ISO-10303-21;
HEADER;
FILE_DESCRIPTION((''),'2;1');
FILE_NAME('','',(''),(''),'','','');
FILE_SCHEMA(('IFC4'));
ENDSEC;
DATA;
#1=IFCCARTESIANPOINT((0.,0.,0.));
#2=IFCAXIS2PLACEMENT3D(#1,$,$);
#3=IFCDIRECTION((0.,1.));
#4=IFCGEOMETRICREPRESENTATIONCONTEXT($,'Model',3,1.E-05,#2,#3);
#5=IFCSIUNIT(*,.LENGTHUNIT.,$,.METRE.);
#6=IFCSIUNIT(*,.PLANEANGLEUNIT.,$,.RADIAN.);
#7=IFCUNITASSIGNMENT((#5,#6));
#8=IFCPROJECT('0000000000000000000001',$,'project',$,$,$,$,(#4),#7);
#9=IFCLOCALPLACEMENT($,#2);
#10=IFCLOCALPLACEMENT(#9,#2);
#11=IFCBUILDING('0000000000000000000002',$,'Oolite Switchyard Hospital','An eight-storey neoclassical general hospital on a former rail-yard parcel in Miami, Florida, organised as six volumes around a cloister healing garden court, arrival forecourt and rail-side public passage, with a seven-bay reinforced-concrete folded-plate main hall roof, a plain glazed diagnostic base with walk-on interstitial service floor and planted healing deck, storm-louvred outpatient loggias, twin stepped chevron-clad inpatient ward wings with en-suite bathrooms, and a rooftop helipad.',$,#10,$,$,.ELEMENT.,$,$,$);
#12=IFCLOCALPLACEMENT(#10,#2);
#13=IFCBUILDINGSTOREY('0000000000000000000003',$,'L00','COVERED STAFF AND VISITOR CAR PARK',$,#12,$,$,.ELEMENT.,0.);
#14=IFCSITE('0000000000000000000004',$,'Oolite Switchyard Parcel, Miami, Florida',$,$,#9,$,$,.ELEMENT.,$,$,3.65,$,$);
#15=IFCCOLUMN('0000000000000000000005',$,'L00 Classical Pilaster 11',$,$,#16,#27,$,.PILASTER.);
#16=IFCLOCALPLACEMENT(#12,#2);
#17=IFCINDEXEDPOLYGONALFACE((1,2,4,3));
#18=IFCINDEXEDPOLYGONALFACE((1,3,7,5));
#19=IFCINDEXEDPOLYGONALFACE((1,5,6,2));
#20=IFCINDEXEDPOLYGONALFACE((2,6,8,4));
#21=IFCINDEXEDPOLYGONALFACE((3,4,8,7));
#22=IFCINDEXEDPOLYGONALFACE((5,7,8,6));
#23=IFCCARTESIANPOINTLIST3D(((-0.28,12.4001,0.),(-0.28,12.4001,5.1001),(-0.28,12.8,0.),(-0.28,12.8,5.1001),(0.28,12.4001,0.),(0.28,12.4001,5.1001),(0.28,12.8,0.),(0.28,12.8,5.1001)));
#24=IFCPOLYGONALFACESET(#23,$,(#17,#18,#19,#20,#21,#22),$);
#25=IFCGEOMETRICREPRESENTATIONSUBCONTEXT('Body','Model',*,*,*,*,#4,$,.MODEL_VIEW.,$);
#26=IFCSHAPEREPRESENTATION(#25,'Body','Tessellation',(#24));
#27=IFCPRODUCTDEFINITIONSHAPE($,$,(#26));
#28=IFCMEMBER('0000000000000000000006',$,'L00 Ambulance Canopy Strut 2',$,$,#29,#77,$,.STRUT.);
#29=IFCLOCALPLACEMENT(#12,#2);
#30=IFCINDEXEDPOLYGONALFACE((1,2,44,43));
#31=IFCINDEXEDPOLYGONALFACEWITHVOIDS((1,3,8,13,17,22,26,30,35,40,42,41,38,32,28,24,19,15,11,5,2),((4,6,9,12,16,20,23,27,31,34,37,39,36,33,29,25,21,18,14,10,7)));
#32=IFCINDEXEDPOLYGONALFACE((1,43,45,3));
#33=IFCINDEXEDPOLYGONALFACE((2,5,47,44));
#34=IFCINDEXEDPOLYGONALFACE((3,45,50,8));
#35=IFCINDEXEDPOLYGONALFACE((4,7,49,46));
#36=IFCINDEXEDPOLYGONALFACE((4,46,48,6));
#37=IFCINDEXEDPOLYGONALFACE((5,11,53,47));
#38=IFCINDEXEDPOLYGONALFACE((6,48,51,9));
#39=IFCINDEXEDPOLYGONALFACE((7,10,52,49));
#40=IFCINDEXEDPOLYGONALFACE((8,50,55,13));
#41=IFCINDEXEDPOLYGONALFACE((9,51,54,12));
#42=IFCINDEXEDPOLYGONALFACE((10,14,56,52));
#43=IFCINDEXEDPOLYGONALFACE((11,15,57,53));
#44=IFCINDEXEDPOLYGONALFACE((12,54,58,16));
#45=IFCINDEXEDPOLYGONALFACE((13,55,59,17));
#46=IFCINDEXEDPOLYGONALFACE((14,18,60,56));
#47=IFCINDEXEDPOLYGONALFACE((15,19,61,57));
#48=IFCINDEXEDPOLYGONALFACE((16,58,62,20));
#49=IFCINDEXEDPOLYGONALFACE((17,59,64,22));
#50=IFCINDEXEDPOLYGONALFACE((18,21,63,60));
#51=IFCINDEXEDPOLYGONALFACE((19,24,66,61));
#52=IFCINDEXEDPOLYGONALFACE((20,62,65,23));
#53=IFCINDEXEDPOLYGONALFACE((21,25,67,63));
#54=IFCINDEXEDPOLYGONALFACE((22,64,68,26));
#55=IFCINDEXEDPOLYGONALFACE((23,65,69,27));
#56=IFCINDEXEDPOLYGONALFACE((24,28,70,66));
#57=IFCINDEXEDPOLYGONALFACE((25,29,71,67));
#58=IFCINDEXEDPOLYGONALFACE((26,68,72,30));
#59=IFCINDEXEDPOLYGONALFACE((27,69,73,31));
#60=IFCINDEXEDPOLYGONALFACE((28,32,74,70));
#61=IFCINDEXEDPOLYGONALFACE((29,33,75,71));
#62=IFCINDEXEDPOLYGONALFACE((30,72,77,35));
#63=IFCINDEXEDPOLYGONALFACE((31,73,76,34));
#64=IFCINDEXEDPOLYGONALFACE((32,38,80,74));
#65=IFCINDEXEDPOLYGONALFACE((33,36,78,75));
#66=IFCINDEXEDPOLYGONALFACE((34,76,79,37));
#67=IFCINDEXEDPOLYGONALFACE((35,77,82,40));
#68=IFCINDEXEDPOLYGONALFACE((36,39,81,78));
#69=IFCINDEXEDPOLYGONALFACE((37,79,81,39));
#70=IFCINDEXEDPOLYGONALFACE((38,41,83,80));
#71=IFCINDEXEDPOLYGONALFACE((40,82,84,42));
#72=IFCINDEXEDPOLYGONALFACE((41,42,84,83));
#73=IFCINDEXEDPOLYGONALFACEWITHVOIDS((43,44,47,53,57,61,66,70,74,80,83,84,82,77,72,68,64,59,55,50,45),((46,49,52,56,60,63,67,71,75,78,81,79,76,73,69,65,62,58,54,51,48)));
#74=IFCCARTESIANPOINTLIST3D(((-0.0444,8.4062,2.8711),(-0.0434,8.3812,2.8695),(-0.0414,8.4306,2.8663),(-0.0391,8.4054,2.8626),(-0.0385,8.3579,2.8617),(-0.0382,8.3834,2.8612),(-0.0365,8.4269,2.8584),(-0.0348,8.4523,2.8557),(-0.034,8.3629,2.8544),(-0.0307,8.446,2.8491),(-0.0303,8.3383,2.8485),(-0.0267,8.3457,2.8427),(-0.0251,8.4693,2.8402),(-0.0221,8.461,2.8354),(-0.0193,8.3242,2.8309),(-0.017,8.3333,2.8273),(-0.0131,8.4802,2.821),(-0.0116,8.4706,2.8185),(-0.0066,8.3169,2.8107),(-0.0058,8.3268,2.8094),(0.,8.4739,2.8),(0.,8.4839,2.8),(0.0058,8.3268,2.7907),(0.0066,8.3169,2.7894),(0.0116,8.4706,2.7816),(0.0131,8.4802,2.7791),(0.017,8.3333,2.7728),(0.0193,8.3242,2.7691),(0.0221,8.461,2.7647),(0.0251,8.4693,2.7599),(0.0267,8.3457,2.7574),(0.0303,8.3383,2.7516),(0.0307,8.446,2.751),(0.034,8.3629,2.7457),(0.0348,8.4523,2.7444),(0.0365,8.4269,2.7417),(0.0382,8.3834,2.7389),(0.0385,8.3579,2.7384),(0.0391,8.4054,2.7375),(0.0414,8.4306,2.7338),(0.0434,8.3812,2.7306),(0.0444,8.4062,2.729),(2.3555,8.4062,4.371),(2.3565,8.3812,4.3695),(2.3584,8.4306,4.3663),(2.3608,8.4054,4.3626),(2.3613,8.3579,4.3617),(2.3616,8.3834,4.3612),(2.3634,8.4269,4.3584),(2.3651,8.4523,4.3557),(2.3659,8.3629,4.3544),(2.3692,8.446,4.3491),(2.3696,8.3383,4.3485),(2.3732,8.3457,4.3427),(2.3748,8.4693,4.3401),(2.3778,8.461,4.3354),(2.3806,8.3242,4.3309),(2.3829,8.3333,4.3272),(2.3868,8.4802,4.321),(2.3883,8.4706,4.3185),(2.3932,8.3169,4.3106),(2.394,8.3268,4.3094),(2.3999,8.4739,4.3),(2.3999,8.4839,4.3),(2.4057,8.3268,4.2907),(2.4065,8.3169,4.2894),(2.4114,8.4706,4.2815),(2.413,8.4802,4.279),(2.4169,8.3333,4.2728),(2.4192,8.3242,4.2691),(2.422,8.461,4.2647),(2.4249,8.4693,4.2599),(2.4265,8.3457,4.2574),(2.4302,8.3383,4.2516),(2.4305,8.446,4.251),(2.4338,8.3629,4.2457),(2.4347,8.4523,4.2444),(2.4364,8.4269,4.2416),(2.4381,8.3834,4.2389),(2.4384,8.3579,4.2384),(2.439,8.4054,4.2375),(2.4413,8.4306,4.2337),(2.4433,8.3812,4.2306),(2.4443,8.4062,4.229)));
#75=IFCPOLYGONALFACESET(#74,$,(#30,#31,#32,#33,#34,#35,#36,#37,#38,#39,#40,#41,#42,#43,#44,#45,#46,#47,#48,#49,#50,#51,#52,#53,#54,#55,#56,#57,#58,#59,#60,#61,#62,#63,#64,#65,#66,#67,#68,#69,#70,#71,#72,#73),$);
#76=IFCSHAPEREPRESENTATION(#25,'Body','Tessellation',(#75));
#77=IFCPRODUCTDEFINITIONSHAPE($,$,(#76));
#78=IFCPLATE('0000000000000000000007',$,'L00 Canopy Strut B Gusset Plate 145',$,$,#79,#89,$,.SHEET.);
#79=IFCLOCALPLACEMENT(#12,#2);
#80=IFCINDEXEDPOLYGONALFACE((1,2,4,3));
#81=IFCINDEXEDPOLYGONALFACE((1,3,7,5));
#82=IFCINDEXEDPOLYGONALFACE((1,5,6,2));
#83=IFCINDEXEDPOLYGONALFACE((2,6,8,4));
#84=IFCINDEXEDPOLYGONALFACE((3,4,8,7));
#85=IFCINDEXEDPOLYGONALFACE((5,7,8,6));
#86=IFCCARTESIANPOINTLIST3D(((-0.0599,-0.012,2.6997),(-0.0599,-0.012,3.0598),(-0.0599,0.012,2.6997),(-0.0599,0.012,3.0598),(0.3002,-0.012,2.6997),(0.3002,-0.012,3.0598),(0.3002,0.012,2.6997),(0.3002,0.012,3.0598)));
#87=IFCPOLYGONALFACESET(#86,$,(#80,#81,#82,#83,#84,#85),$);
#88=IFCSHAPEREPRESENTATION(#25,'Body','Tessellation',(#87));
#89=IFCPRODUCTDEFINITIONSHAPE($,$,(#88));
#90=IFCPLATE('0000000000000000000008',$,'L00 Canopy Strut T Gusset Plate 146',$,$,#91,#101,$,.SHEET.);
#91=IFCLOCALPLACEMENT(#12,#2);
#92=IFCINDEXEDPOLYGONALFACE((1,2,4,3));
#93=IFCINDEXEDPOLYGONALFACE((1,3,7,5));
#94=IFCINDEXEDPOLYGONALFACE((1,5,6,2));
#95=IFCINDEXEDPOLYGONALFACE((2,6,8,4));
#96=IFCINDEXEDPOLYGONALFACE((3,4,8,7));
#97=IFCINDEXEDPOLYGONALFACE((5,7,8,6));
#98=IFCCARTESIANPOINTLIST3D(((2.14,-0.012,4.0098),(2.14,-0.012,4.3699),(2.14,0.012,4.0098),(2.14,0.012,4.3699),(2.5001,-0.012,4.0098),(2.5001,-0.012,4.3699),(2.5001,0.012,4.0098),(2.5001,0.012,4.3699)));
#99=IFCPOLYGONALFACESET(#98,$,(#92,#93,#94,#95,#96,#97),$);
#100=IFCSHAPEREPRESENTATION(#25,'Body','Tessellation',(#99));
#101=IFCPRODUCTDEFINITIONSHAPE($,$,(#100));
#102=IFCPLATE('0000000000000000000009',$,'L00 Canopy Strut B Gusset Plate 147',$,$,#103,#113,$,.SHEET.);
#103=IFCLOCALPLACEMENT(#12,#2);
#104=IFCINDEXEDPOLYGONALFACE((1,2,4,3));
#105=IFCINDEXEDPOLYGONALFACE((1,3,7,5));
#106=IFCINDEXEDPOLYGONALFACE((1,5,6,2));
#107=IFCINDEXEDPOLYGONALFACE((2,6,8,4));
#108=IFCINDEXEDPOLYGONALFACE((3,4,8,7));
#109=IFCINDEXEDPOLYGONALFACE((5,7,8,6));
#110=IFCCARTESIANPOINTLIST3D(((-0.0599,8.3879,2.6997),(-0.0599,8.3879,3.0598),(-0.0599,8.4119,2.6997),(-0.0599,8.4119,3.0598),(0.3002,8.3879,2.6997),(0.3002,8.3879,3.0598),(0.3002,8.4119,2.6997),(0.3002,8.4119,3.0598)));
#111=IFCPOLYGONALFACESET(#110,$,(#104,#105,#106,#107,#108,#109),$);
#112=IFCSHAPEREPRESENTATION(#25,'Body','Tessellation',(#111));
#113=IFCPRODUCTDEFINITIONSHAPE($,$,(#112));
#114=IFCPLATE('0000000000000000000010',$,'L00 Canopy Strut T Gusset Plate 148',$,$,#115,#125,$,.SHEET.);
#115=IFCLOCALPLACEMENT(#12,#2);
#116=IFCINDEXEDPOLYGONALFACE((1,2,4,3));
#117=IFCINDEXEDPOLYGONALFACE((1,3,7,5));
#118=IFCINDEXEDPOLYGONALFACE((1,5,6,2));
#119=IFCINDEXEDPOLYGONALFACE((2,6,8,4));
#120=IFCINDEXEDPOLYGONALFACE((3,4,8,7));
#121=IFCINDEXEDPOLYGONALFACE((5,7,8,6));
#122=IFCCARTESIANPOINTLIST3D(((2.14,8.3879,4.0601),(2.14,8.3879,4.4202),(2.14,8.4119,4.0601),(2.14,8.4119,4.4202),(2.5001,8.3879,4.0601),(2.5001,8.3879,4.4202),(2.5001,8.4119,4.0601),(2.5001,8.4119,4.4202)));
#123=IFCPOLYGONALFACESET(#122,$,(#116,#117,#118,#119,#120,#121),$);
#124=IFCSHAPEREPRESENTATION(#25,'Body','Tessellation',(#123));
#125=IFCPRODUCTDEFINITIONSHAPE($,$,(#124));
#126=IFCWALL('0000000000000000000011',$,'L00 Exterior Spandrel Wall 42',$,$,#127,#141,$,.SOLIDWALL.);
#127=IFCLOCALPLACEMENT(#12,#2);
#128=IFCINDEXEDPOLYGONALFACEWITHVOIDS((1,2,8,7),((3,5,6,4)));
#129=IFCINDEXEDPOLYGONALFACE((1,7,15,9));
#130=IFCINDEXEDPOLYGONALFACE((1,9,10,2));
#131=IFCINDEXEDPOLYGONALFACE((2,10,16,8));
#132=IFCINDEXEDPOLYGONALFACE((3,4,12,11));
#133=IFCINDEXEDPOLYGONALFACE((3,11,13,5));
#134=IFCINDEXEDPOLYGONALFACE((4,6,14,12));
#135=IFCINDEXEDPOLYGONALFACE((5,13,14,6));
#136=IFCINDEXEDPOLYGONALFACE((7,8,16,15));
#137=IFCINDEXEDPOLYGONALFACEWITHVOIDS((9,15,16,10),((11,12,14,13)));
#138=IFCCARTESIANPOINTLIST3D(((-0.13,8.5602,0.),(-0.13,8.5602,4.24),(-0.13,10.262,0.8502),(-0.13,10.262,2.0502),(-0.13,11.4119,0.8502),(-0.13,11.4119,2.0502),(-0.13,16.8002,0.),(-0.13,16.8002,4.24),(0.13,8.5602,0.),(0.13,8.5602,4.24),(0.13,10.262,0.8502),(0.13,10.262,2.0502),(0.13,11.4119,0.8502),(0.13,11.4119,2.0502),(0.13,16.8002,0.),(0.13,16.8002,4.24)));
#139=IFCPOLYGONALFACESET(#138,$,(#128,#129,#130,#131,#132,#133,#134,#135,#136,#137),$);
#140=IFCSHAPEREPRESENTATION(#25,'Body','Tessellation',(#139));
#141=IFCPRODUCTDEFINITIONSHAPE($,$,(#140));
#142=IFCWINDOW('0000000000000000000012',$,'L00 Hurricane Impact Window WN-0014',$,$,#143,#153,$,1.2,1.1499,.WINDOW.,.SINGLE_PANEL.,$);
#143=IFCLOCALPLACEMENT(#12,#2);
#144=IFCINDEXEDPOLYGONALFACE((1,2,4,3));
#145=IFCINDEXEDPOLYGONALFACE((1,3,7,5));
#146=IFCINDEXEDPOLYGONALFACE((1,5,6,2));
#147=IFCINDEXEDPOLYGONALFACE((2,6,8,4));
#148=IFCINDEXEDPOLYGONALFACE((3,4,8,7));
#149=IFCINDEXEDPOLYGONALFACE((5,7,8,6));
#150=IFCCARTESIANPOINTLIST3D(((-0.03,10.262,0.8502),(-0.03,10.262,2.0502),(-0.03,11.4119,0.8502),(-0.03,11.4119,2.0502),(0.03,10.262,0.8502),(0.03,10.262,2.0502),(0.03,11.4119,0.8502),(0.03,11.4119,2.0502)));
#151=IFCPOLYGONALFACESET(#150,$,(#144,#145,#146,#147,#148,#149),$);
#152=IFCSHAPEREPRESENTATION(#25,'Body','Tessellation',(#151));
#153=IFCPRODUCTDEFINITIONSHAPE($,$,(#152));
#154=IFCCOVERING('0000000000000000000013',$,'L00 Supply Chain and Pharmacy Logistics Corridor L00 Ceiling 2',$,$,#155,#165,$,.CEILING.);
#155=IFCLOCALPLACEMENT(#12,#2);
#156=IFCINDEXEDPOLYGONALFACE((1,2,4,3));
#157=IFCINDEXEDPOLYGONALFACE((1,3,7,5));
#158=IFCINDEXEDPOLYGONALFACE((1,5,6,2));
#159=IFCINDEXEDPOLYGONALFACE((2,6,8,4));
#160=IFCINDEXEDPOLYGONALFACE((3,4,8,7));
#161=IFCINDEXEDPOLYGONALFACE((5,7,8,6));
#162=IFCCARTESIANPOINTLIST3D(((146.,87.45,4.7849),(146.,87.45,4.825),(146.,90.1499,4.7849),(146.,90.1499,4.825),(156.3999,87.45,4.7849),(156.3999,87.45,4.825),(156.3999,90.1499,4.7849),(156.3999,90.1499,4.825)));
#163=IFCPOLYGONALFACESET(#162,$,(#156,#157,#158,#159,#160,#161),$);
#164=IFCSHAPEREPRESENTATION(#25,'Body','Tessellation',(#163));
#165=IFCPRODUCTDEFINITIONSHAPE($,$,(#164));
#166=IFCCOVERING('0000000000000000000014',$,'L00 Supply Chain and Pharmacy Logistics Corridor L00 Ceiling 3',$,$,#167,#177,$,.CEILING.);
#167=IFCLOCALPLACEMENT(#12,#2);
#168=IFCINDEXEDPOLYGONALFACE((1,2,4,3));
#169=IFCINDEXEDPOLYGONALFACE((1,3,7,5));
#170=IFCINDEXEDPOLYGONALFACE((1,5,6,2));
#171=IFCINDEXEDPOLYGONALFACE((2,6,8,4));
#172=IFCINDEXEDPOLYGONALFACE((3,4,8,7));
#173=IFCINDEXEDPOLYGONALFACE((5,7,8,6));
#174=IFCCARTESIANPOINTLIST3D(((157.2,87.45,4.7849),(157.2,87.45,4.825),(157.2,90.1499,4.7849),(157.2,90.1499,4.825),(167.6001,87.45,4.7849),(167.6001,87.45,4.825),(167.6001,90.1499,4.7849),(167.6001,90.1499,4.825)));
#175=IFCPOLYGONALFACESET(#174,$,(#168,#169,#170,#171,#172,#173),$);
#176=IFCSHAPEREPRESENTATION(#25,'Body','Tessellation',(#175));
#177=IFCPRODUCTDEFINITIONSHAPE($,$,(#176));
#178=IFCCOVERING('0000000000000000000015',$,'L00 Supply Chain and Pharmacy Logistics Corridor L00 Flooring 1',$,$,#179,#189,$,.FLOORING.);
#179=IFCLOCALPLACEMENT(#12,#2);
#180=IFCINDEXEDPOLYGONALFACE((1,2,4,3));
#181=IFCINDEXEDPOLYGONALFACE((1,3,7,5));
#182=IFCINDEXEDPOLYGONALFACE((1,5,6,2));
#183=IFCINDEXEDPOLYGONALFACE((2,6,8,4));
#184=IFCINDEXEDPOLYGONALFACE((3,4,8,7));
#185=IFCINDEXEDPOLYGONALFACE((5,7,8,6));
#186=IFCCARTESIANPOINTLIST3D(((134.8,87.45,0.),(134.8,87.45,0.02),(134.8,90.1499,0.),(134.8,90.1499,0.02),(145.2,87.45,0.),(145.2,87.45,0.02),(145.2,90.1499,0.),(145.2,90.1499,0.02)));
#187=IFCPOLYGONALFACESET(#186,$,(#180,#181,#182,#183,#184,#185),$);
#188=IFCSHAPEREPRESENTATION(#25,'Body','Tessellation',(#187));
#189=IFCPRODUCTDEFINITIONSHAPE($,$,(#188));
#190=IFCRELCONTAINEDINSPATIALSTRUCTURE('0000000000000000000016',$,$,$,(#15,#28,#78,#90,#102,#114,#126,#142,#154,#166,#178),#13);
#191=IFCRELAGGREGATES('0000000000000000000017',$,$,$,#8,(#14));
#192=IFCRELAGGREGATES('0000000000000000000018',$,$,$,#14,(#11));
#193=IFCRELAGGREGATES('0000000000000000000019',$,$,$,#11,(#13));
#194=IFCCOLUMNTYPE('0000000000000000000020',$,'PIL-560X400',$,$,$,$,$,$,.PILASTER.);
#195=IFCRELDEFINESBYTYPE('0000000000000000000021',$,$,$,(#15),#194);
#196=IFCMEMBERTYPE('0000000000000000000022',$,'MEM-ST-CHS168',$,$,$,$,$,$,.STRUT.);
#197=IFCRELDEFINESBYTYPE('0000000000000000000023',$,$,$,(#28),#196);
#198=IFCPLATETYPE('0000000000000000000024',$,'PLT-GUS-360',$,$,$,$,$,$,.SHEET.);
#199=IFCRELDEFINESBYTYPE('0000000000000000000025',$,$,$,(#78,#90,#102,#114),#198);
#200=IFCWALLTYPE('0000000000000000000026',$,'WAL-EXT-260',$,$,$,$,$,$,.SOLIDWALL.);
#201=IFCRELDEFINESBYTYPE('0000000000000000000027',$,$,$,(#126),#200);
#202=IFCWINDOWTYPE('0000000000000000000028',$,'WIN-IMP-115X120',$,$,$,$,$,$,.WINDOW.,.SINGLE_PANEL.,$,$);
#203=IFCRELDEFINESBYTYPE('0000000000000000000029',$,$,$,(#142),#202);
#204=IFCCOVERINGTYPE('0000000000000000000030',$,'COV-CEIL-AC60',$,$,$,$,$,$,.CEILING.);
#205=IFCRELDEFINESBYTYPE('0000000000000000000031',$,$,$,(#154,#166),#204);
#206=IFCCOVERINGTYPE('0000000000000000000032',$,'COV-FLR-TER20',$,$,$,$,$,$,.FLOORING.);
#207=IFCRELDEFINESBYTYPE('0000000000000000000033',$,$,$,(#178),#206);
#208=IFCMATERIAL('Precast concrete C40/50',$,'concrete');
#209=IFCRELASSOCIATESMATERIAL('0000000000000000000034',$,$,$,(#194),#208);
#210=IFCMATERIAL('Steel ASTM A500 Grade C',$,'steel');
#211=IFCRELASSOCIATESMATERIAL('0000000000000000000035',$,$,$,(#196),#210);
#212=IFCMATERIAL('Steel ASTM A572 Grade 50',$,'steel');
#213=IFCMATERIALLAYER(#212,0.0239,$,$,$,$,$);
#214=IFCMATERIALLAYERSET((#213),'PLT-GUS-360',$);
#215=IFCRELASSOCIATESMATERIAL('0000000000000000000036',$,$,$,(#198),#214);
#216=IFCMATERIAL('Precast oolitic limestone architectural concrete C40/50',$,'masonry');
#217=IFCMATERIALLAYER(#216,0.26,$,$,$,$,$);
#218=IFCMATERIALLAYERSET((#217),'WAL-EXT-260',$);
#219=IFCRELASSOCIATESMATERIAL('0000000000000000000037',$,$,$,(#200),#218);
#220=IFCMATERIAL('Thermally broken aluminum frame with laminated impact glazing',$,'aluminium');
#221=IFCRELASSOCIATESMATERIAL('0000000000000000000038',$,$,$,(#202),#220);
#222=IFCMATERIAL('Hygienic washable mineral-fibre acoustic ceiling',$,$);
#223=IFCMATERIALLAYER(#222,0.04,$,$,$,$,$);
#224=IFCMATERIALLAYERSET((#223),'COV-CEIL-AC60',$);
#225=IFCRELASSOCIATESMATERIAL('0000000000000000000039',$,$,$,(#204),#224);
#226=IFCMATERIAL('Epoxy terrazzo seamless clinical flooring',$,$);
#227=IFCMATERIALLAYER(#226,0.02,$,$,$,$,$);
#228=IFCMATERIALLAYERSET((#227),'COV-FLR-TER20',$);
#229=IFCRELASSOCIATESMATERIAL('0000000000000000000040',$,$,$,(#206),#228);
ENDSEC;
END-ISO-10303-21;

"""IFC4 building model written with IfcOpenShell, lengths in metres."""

from ifc_helpers import new_model, si_unit, direction, frame, frame_2d, origin, origin_2d, place, context, subcontext, project, spatial, polyline, rectangle, hollow_circle, outline, extrude, material, layer, layer_set, material_profile, profile_set, type_object, element, fill, save


model = new_model("IFC4")

# Units and contexts
model_context = context("Model", 3, precision=1e-05, world=origin(), true_north=direction((0.0, 1.0)))
body_context = subcontext(model_context, "Body", "Model", "MODEL_VIEW")
ifc_project = project(units=[si_unit("LENGTHUNIT", "METRE"), si_unit("PLANEANGLEUNIT", "RADIAN")], contexts=[model_context])

# Site, building, storey
site_placement = place(None, origin())
site = spatial("IfcSite", under=ifc_project, at=site_placement, Name="Oolite Switchyard Parcel, Miami, Florida", CompositionType="ELEMENT", RefElevation=3.65)
building_placement = place(site_placement, origin())
building = spatial("IfcBuilding", under=site, at=building_placement, Name="Oolite Switchyard Hospital", Description="An eight-storey neoclassical general hospital on a former rail-yard parcel in Miami, Florida, organised as six volumes around a cloister healing garden court, arrival forecourt and rail-side public passage, with a seven-bay reinforced-concrete folded-plate main hall roof, a plain glazed diagnostic base with walk-on interstitial service floor and planted healing deck, storm-louvred outpatient loggias, twin stepped chevron-clad inpatient ward wings with en-suite bathrooms, and a rooftop helipad.", CompositionType="ELEMENT")
storey_placement = place(building_placement, origin())
storey = spatial("IfcBuildingStorey", under=building, at=storey_placement, Name="L00", Description="COVERED STAFF AND VISITOR CAR PARK", CompositionType="ELEMENT", Elevation=0.0)

# Column
ifc_material_1 = material(Name="Precast concrete C40/50", Category="concrete")
ifc_material_profile_1 = material_profile(ifc_material_1, rectangle(XDim=0.5601, YDim=0.3999, at=origin_2d()), Name="PIL560X400")
ifc_profile_set_1 = profile_set([ifc_material_profile_1], Name="Precast concrete C40/50")
column_type_1 = type_object("IfcColumnType", Name="PIL-560X400", PredefinedType="PILASTER", material=ifc_profile_set_1)
column_1_placement = place(storey_placement, frame((0.0, 12.6001, 0.0), z_axis=(0.0, 0.0, 1.0), x_axis=(1.0, 0.0, 0.0)))
element("IfcColumn", 1, at=column_1_placement, inside=storey, type_object=column_type_1, Name="L00 Classical Pilaster 11", PredefinedType="PILASTER", context=body_context, shape_type="SweptSolid", body=[
    extrude(rectangle(XDim=0.5601, YDim=0.3999, at=origin_2d()), origin(), (0.0, 0.0, 1.0), 5.1001),
])

# Member
ifc_material_2 = material(Name="Steel ASTM A500 Grade C", Category="steel")
ifc_material_profile_2 = material_profile(ifc_material_2, hollow_circle(Radius=0.084, WallThickness=0.01, at=origin_2d()), Name="HSS168X10")
ifc_profile_set_2 = profile_set([ifc_material_profile_2], Name="Steel ASTM A500 Grade C")
member_type = type_object("IfcMemberType", Name="MEM-ST-CHS168", PredefinedType="STRUT", material=ifc_profile_set_2)
member_placement = place(storey_placement, frame((0.0, 8.3999, 2.8), z_axis=(0.847989, 0.0, 0.530014), x_axis=(0.0, 1.0, 0.0)))
element("IfcMember", 2, at=member_placement, inside=storey, type_object=member_type, Name="L00 Ambulance Canopy Strut 2", PredefinedType="STRUT", context=body_context, shape_type="SweptSolid", body=[
    extrude(hollow_circle(Radius=0.084, WallThickness=0.01, at=origin_2d()), origin(), (0.0, 0.0, 1.0), 2.8301),
])

# Plates
ifc_material_3 = material(Name="Steel ASTM A572 Grade 50", Category="steel")
ifc_layer_1 = layer(ifc_material_3, 0.0239)
ifc_layer_set_1 = layer_set([ifc_layer_1], Name="PLT-GUS-360")
plate_type = type_object("IfcPlateType", Name="PLT-GUS-360", PredefinedType="SHEET", material=ifc_layer_set_1)
for number, where, z_axis, x_axis, name in (
    (3, (0.1201, 0.0, 2.6997), (0.0, 0.0, 1.0), (1.0, 0.0, 0.0), "L00 Canopy Strut B Gusset Plate 145"),
    (4, (2.3201, 0.0, 4.0098), (0.0, 0.0, 1.0), (1.0, 0.0, 0.0), "L00 Canopy Strut T Gusset Plate 146"),
    (5, (0.1201, 8.3999, 2.6997), (0.0, 0.0, 1.0), (1.0, 0.0, 0.0), "L00 Canopy Strut B Gusset Plate 147"),
    (6, (2.3201, 8.3999, 4.0601), (0.0, 0.0, 1.0), (1.0, 0.0, 0.0), "L00 Canopy Strut T Gusset Plate 148"),
):
    element("IfcPlate", number, at=place(storey_placement, frame(where, z_axis=z_axis, x_axis=x_axis)), inside=storey, type_object=plate_type, Name=name, PredefinedType="SHEET", context=body_context, shape_type="SweptSolid", body=[
        extrude(rectangle(XDim=0.3601, YDim=0.0239, at=origin_2d()), origin(), (0.0, 0.0, 1.0), 0.3601),
    ])

# Wall, opening, window
ifc_material_4 = material(Name="Precast oolitic limestone architectural concrete C40/50", Category="masonry")
ifc_layer_2 = layer(ifc_material_4, 0.26)
ifc_layer_set_2 = layer_set([ifc_layer_2], Name="WAL-EXT-260")
wall_type = type_object("IfcWallType", Name="WAL-EXT-260", PredefinedType="SOLIDWALL", material=ifc_layer_set_2)
wall_placement = place(storey_placement, frame((0.0, 8.5601, 0.0), z_axis=(0.0, 0.0, 1.0), x_axis=(0.0, 1.0, 0.0)))
wall = element("IfcWall", 7, at=wall_placement, inside=storey, type_object=wall_type, Name="L00 Exterior Spandrel Wall 42", PredefinedType="SOLIDWALL", context=body_context, shape_type="SweptSolid", body=[
    extrude(rectangle(XDim=8.24, YDim=0.26, at=frame_2d((4.1201, 0.0))), origin(), (0.0, 0.0, 1.0), 4.24),
])
opening_placement = place(wall_placement, frame((1.7019, 0.0, 0.8501)))
opening = element("IfcOpeningElement", 8, at=opening_placement, cuts=wall, PredefinedType="OPENING", context=body_context, shape_type="SweptSolid", body=[
    extrude(rectangle(XDim=1.1499, YDim=1.2, at=frame_2d((0.575, 0.6001))), frame((0.0, 0.1401, 0.0), z_axis=(0.0, -1.0, 0.0), x_axis=(1.0, 0.0, 0.0)), (0.0, 0.0, 1.0), 0.28),
])
ifc_material_5 = material(Name="Thermally broken aluminum frame with laminated impact glazing", Category="aluminium")
window_type = type_object("IfcWindowType", Name="WIN-IMP-115X120", PartitioningType="SINGLE_PANEL", PredefinedType="WINDOW", material=ifc_material_5)
window_placement = place(opening_placement, origin())
window = element("IfcWindow", 9, at=window_placement, inside=storey, type_object=window_type, Name="L00 Hurricane Impact Window WN-0014", OverallHeight=1.2, OverallWidth=1.1499, PartitioningType="SINGLE_PANEL", PredefinedType="WINDOW", context=body_context, shape_type="SweptSolid", body=[
    extrude(rectangle(XDim=1.1499, YDim=1.2, at=frame_2d((0.575, 0.6001))), frame((0.0, 0.03, 0.0), z_axis=(0.0, -1.0, 0.0), x_axis=(1.0, 0.0, 0.0)), (0.0, 0.0, 1.0), 0.0601),
])
fill(opening, window)

# Coverings
ifc_material_6 = material(Name="Hygienic washable mineral-fibre acoustic ceiling")
ifc_layer_3 = layer(ifc_material_6, 0.04)
ifc_layer_set_3 = layer_set([ifc_layer_3], Name="COV-CEIL-AC60")
covering_type_1 = type_object("IfcCoveringType", Name="COV-CEIL-AC60", PredefinedType="CEILING", material=ifc_layer_set_3)
covering_1_placement = place(storey_placement, frame((0.0, 0.0, 4.7849)))
element("IfcCovering", 10, at=covering_1_placement, inside=storey, type_object=covering_type_1, Name="L00 Supply Chain and Pharmacy Logistics Corridor L00 Ceiling 2", PredefinedType="CEILING", context=body_context, shape_type="SweptSolid", body=[
    extrude(outline(polyline([(146.0, 87.45), (156.3999, 87.45), (156.3999, 90.1499), (146.0, 90.1499), (146.0, 87.45)])), origin(), (0.0, 0.0, 1.0), 0.04),
])
covering_2_placement = place(storey_placement, frame((0.0, 0.0, 4.7849)))
element("IfcCovering", 11, at=covering_2_placement, inside=storey, type_object=covering_type_1, Name="L00 Supply Chain and Pharmacy Logistics Corridor L00 Ceiling 3", PredefinedType="CEILING", context=body_context, shape_type="SweptSolid", body=[
    extrude(outline(polyline([(157.2, 87.45), (167.6001, 87.45), (167.6001, 90.1499), (157.2, 90.1499), (157.2, 87.45)])), origin(), (0.0, 0.0, 1.0), 0.04),
])
ifc_material_7 = material(Name="Epoxy terrazzo seamless clinical flooring")
ifc_layer_4 = layer(ifc_material_7, 0.02)
ifc_layer_set_4 = layer_set([ifc_layer_4], Name="COV-FLR-TER20")
covering_type_2 = type_object("IfcCoveringType", Name="COV-FLR-TER20", PredefinedType="FLOORING", material=ifc_layer_set_4)
covering_3_placement = place(storey_placement, origin())
element("IfcCovering", 12, at=covering_3_placement, inside=storey, type_object=covering_type_2, Name="L00 Supply Chain and Pharmacy Logistics Corridor L00 Flooring 1", PredefinedType="FLOORING", context=body_context, shape_type="SweptSolid", body=[
    extrude(outline(polyline([(134.8, 87.45), (145.2, 87.45), (145.2, 90.1499), (134.8, 90.1499), (134.8, 87.45)])), origin(), (0.0, 0.0, 1.0), 0.02),
])

save(model, "model.ifc")
